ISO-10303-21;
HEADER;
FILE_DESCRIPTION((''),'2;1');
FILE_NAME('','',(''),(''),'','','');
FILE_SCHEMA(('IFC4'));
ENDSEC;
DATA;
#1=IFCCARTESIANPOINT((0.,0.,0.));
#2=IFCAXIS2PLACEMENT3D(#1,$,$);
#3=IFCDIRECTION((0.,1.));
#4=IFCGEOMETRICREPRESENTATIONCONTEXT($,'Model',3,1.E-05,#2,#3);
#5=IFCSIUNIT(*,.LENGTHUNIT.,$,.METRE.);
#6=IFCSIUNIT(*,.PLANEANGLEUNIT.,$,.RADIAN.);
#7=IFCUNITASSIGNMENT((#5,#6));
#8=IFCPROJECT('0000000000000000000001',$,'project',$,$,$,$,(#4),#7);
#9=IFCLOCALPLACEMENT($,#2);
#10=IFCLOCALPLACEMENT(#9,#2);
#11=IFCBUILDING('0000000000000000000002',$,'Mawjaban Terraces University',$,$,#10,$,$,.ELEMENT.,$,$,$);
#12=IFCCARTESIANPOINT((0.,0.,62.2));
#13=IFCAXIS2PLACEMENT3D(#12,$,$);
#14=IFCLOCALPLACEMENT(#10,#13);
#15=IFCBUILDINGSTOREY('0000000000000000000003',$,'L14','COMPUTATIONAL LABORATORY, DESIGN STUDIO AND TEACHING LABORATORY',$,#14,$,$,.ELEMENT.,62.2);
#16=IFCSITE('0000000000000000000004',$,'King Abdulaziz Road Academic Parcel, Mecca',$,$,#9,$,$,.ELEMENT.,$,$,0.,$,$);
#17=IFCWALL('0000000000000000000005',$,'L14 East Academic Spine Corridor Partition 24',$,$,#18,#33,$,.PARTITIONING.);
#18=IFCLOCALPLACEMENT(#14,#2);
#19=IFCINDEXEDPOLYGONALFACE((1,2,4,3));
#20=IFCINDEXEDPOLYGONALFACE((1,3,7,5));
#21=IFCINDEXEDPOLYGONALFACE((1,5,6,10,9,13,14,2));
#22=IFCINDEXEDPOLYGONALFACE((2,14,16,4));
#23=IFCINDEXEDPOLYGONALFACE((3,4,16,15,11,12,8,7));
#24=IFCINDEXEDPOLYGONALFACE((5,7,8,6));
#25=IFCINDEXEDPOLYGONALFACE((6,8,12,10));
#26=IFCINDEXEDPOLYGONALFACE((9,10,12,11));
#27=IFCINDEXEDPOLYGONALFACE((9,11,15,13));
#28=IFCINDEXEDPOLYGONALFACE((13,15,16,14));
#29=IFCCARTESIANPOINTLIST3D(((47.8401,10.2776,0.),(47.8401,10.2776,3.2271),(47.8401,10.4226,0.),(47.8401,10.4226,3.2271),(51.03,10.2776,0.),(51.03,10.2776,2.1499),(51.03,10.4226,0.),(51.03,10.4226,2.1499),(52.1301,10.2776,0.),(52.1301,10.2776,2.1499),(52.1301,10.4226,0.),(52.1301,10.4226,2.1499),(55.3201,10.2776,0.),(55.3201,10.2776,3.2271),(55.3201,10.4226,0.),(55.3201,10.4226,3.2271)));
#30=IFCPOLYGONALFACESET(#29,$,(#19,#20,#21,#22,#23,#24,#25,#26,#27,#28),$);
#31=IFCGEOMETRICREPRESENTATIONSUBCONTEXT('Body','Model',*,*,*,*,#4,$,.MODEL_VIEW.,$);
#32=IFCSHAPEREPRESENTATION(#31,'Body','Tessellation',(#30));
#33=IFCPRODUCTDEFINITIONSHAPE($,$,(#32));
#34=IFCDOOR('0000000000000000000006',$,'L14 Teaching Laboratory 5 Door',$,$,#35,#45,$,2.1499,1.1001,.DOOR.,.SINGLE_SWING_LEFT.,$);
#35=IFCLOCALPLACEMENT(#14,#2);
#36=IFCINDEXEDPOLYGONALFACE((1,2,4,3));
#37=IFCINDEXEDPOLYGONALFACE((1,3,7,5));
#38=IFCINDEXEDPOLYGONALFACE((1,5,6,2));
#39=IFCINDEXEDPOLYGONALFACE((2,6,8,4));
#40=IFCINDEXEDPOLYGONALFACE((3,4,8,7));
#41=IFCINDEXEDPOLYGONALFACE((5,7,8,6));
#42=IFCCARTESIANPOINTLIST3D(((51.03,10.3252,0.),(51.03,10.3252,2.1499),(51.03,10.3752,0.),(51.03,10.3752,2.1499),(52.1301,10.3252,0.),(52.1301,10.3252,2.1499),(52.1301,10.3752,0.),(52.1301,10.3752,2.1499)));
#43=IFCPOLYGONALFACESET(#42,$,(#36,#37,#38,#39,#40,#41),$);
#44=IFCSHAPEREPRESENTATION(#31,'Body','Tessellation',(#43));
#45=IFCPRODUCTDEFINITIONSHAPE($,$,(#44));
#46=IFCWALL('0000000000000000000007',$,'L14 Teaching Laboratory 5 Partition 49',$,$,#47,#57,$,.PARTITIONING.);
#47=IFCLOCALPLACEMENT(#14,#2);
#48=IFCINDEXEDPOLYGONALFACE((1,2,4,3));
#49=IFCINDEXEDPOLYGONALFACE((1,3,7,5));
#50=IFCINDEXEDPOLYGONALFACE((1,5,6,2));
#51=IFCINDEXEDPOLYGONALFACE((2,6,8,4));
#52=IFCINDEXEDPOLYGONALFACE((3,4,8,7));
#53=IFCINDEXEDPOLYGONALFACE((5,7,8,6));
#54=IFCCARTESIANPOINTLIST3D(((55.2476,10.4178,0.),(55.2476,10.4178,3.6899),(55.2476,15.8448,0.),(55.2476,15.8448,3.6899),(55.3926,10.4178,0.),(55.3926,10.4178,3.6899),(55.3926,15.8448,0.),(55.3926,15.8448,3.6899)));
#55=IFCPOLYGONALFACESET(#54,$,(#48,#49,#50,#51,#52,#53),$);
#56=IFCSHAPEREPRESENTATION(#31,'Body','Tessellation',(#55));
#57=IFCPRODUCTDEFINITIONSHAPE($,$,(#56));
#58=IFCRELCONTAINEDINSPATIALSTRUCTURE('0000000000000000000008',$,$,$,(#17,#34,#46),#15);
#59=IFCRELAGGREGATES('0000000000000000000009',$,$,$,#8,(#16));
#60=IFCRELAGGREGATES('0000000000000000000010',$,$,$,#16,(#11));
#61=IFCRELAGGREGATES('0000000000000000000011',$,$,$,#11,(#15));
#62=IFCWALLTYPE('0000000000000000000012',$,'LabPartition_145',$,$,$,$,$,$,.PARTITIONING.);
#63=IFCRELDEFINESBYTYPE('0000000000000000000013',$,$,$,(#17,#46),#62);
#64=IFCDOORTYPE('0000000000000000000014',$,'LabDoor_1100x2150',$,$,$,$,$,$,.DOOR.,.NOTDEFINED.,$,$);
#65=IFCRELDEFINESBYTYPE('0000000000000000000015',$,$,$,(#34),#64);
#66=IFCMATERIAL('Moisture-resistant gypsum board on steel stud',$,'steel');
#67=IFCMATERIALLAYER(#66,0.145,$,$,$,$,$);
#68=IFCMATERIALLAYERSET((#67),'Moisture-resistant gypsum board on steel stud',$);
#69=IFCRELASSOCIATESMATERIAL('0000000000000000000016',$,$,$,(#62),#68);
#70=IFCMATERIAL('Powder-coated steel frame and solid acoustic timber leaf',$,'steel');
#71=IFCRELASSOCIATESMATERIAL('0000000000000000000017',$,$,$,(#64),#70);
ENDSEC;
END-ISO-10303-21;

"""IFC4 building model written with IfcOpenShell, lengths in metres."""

from ifc_helpers import new_model, si_unit, direction, frame, frame_2d, origin, place, context, subcontext, project, spatial, rectangle, extrude, material, layer, layer_set, type_object, element, fill, save


model = new_model("IFC4")

# Units and contexts
model_context = context("Model", 3, precision=1e-05, world=origin(), true_north=direction((0.0, 1.0)))
body_context = subcontext(model_context, "Body", "Model", "MODEL_VIEW")
ifc_project = project(units=[si_unit("LENGTHUNIT", "METRE"), si_unit("PLANEANGLEUNIT", "RADIAN")], contexts=[model_context])

# Site, building, storey
site_placement = place(None, origin())
site = spatial("IfcSite", under=ifc_project, at=site_placement, Name="King Abdulaziz Road Academic Parcel, Mecca", CompositionType="ELEMENT", RefElevation=0.0)
building_placement = place(site_placement, origin())
building = spatial("IfcBuilding", under=site, at=building_placement, Name="Mawjaban Terraces University", CompositionType="ELEMENT")
storey_placement = place(building_placement, frame((0.0, 0.0, 62.2)))
storey = spatial("IfcBuildingStorey", under=building, at=storey_placement, Name="L14", Description="COMPUTATIONAL LABORATORY, DESIGN STUDIO AND TEACHING LABORATORY", CompositionType="ELEMENT", Elevation=62.2)

# Shared definitions
ifc_material_1 = material(Name="Powder-coated steel frame and solid acoustic timber leaf", Category="steel")

# Wall, opening, door
ifc_material_2 = material(Name="Moisture-resistant gypsum board on steel stud", Category="steel")
ifc_layer_1 = layer(ifc_material_2, 0.145)
ifc_layer_set_1 = layer_set([ifc_layer_1], Name="Moisture-resistant gypsum board on steel stud")
wall_type_1 = type_object("IfcWallType", Name="LabPartition_145", PredefinedType="PARTITIONING", material=ifc_layer_set_1)
wall_1_placement = place(storey_placement, frame((55.3201, 10.3501, 0.0), z_axis=(0.0, 0.0, 1.0), x_axis=(-1.0, 0.0, 0.0)))
wall_1 = element("IfcWall", 1, at=wall_1_placement, inside=storey, type_object=wall_type_1, Name="L14 East Academic Spine Corridor Partition 24", PredefinedType="PARTITIONING", context=body_context, shape_type="SweptSolid", body=[
    extrude(rectangle(XDim=7.48, YDim=0.145, at=frame_2d((3.74, 0.0))), origin(), (0.0, 0.0, 1.0), 3.2271),
])
opening_1_placement = place(wall_1_placement, frame((3.1899, 0.0, 0.0)))
opening_1 = element("IfcOpeningElement", 2, at=opening_1_placement, cuts=wall_1, PredefinedType="OPENING", context=body_context, shape_type="SweptSolid", body=[
    extrude(rectangle(XDim=1.1001, YDim=2.1499, at=frame_2d((0.55, 1.075))), frame((0.0, 0.0825, 0.0), z_axis=(0.0, -1.0, 0.0), x_axis=(1.0, 0.0, 0.0)), (0.0, 0.0, 1.0), 0.165),
])
door_type_1 = type_object("IfcDoorType", Name="LabDoor_1100x2150", OperationType="NOTDEFINED", PredefinedType="DOOR", material=ifc_material_1)
door_1_placement = place(opening_1_placement, origin())
door_1 = element("IfcDoor", 3, at=door_1_placement, inside=storey, type_object=door_type_1, Name="L14 Teaching Laboratory 5 Door", OperationType="SINGLE_SWING_LEFT", OverallHeight=2.1499, OverallWidth=1.1001, PredefinedType="DOOR", context=body_context, shape_type="SweptSolid", body=[
    extrude(rectangle(XDim=1.1001, YDim=2.1499, at=frame_2d((0.55, 1.075))), frame((0.0, 0.0249, 0.0), z_axis=(0.0, -1.0, 0.0), x_axis=(1.0, 0.0, 0.0)), (0.0, 0.0, 1.0), 0.05),
])
fill(opening_1, door_1)

# Wall
wall_2_placement = place(storey_placement, frame((55.3201, 10.418, 0.0), z_axis=(0.0, 0.0, 1.0), x_axis=(0.0, 1.0, 0.0)))
element("IfcWall", 4, at=wall_2_placement, inside=storey, type_object=wall_type_1, Name="L14 Teaching Laboratory 5 Partition 49", PredefinedType="PARTITIONING", context=body_context, shape_type="SweptSolid", body=[
    extrude(rectangle(XDim=5.427, YDim=0.145, at=frame_2d((2.7134, 0.0))), origin(), (0.0, 0.0, 1.0), 3.6899),
])

save(model, "model.ifc")
